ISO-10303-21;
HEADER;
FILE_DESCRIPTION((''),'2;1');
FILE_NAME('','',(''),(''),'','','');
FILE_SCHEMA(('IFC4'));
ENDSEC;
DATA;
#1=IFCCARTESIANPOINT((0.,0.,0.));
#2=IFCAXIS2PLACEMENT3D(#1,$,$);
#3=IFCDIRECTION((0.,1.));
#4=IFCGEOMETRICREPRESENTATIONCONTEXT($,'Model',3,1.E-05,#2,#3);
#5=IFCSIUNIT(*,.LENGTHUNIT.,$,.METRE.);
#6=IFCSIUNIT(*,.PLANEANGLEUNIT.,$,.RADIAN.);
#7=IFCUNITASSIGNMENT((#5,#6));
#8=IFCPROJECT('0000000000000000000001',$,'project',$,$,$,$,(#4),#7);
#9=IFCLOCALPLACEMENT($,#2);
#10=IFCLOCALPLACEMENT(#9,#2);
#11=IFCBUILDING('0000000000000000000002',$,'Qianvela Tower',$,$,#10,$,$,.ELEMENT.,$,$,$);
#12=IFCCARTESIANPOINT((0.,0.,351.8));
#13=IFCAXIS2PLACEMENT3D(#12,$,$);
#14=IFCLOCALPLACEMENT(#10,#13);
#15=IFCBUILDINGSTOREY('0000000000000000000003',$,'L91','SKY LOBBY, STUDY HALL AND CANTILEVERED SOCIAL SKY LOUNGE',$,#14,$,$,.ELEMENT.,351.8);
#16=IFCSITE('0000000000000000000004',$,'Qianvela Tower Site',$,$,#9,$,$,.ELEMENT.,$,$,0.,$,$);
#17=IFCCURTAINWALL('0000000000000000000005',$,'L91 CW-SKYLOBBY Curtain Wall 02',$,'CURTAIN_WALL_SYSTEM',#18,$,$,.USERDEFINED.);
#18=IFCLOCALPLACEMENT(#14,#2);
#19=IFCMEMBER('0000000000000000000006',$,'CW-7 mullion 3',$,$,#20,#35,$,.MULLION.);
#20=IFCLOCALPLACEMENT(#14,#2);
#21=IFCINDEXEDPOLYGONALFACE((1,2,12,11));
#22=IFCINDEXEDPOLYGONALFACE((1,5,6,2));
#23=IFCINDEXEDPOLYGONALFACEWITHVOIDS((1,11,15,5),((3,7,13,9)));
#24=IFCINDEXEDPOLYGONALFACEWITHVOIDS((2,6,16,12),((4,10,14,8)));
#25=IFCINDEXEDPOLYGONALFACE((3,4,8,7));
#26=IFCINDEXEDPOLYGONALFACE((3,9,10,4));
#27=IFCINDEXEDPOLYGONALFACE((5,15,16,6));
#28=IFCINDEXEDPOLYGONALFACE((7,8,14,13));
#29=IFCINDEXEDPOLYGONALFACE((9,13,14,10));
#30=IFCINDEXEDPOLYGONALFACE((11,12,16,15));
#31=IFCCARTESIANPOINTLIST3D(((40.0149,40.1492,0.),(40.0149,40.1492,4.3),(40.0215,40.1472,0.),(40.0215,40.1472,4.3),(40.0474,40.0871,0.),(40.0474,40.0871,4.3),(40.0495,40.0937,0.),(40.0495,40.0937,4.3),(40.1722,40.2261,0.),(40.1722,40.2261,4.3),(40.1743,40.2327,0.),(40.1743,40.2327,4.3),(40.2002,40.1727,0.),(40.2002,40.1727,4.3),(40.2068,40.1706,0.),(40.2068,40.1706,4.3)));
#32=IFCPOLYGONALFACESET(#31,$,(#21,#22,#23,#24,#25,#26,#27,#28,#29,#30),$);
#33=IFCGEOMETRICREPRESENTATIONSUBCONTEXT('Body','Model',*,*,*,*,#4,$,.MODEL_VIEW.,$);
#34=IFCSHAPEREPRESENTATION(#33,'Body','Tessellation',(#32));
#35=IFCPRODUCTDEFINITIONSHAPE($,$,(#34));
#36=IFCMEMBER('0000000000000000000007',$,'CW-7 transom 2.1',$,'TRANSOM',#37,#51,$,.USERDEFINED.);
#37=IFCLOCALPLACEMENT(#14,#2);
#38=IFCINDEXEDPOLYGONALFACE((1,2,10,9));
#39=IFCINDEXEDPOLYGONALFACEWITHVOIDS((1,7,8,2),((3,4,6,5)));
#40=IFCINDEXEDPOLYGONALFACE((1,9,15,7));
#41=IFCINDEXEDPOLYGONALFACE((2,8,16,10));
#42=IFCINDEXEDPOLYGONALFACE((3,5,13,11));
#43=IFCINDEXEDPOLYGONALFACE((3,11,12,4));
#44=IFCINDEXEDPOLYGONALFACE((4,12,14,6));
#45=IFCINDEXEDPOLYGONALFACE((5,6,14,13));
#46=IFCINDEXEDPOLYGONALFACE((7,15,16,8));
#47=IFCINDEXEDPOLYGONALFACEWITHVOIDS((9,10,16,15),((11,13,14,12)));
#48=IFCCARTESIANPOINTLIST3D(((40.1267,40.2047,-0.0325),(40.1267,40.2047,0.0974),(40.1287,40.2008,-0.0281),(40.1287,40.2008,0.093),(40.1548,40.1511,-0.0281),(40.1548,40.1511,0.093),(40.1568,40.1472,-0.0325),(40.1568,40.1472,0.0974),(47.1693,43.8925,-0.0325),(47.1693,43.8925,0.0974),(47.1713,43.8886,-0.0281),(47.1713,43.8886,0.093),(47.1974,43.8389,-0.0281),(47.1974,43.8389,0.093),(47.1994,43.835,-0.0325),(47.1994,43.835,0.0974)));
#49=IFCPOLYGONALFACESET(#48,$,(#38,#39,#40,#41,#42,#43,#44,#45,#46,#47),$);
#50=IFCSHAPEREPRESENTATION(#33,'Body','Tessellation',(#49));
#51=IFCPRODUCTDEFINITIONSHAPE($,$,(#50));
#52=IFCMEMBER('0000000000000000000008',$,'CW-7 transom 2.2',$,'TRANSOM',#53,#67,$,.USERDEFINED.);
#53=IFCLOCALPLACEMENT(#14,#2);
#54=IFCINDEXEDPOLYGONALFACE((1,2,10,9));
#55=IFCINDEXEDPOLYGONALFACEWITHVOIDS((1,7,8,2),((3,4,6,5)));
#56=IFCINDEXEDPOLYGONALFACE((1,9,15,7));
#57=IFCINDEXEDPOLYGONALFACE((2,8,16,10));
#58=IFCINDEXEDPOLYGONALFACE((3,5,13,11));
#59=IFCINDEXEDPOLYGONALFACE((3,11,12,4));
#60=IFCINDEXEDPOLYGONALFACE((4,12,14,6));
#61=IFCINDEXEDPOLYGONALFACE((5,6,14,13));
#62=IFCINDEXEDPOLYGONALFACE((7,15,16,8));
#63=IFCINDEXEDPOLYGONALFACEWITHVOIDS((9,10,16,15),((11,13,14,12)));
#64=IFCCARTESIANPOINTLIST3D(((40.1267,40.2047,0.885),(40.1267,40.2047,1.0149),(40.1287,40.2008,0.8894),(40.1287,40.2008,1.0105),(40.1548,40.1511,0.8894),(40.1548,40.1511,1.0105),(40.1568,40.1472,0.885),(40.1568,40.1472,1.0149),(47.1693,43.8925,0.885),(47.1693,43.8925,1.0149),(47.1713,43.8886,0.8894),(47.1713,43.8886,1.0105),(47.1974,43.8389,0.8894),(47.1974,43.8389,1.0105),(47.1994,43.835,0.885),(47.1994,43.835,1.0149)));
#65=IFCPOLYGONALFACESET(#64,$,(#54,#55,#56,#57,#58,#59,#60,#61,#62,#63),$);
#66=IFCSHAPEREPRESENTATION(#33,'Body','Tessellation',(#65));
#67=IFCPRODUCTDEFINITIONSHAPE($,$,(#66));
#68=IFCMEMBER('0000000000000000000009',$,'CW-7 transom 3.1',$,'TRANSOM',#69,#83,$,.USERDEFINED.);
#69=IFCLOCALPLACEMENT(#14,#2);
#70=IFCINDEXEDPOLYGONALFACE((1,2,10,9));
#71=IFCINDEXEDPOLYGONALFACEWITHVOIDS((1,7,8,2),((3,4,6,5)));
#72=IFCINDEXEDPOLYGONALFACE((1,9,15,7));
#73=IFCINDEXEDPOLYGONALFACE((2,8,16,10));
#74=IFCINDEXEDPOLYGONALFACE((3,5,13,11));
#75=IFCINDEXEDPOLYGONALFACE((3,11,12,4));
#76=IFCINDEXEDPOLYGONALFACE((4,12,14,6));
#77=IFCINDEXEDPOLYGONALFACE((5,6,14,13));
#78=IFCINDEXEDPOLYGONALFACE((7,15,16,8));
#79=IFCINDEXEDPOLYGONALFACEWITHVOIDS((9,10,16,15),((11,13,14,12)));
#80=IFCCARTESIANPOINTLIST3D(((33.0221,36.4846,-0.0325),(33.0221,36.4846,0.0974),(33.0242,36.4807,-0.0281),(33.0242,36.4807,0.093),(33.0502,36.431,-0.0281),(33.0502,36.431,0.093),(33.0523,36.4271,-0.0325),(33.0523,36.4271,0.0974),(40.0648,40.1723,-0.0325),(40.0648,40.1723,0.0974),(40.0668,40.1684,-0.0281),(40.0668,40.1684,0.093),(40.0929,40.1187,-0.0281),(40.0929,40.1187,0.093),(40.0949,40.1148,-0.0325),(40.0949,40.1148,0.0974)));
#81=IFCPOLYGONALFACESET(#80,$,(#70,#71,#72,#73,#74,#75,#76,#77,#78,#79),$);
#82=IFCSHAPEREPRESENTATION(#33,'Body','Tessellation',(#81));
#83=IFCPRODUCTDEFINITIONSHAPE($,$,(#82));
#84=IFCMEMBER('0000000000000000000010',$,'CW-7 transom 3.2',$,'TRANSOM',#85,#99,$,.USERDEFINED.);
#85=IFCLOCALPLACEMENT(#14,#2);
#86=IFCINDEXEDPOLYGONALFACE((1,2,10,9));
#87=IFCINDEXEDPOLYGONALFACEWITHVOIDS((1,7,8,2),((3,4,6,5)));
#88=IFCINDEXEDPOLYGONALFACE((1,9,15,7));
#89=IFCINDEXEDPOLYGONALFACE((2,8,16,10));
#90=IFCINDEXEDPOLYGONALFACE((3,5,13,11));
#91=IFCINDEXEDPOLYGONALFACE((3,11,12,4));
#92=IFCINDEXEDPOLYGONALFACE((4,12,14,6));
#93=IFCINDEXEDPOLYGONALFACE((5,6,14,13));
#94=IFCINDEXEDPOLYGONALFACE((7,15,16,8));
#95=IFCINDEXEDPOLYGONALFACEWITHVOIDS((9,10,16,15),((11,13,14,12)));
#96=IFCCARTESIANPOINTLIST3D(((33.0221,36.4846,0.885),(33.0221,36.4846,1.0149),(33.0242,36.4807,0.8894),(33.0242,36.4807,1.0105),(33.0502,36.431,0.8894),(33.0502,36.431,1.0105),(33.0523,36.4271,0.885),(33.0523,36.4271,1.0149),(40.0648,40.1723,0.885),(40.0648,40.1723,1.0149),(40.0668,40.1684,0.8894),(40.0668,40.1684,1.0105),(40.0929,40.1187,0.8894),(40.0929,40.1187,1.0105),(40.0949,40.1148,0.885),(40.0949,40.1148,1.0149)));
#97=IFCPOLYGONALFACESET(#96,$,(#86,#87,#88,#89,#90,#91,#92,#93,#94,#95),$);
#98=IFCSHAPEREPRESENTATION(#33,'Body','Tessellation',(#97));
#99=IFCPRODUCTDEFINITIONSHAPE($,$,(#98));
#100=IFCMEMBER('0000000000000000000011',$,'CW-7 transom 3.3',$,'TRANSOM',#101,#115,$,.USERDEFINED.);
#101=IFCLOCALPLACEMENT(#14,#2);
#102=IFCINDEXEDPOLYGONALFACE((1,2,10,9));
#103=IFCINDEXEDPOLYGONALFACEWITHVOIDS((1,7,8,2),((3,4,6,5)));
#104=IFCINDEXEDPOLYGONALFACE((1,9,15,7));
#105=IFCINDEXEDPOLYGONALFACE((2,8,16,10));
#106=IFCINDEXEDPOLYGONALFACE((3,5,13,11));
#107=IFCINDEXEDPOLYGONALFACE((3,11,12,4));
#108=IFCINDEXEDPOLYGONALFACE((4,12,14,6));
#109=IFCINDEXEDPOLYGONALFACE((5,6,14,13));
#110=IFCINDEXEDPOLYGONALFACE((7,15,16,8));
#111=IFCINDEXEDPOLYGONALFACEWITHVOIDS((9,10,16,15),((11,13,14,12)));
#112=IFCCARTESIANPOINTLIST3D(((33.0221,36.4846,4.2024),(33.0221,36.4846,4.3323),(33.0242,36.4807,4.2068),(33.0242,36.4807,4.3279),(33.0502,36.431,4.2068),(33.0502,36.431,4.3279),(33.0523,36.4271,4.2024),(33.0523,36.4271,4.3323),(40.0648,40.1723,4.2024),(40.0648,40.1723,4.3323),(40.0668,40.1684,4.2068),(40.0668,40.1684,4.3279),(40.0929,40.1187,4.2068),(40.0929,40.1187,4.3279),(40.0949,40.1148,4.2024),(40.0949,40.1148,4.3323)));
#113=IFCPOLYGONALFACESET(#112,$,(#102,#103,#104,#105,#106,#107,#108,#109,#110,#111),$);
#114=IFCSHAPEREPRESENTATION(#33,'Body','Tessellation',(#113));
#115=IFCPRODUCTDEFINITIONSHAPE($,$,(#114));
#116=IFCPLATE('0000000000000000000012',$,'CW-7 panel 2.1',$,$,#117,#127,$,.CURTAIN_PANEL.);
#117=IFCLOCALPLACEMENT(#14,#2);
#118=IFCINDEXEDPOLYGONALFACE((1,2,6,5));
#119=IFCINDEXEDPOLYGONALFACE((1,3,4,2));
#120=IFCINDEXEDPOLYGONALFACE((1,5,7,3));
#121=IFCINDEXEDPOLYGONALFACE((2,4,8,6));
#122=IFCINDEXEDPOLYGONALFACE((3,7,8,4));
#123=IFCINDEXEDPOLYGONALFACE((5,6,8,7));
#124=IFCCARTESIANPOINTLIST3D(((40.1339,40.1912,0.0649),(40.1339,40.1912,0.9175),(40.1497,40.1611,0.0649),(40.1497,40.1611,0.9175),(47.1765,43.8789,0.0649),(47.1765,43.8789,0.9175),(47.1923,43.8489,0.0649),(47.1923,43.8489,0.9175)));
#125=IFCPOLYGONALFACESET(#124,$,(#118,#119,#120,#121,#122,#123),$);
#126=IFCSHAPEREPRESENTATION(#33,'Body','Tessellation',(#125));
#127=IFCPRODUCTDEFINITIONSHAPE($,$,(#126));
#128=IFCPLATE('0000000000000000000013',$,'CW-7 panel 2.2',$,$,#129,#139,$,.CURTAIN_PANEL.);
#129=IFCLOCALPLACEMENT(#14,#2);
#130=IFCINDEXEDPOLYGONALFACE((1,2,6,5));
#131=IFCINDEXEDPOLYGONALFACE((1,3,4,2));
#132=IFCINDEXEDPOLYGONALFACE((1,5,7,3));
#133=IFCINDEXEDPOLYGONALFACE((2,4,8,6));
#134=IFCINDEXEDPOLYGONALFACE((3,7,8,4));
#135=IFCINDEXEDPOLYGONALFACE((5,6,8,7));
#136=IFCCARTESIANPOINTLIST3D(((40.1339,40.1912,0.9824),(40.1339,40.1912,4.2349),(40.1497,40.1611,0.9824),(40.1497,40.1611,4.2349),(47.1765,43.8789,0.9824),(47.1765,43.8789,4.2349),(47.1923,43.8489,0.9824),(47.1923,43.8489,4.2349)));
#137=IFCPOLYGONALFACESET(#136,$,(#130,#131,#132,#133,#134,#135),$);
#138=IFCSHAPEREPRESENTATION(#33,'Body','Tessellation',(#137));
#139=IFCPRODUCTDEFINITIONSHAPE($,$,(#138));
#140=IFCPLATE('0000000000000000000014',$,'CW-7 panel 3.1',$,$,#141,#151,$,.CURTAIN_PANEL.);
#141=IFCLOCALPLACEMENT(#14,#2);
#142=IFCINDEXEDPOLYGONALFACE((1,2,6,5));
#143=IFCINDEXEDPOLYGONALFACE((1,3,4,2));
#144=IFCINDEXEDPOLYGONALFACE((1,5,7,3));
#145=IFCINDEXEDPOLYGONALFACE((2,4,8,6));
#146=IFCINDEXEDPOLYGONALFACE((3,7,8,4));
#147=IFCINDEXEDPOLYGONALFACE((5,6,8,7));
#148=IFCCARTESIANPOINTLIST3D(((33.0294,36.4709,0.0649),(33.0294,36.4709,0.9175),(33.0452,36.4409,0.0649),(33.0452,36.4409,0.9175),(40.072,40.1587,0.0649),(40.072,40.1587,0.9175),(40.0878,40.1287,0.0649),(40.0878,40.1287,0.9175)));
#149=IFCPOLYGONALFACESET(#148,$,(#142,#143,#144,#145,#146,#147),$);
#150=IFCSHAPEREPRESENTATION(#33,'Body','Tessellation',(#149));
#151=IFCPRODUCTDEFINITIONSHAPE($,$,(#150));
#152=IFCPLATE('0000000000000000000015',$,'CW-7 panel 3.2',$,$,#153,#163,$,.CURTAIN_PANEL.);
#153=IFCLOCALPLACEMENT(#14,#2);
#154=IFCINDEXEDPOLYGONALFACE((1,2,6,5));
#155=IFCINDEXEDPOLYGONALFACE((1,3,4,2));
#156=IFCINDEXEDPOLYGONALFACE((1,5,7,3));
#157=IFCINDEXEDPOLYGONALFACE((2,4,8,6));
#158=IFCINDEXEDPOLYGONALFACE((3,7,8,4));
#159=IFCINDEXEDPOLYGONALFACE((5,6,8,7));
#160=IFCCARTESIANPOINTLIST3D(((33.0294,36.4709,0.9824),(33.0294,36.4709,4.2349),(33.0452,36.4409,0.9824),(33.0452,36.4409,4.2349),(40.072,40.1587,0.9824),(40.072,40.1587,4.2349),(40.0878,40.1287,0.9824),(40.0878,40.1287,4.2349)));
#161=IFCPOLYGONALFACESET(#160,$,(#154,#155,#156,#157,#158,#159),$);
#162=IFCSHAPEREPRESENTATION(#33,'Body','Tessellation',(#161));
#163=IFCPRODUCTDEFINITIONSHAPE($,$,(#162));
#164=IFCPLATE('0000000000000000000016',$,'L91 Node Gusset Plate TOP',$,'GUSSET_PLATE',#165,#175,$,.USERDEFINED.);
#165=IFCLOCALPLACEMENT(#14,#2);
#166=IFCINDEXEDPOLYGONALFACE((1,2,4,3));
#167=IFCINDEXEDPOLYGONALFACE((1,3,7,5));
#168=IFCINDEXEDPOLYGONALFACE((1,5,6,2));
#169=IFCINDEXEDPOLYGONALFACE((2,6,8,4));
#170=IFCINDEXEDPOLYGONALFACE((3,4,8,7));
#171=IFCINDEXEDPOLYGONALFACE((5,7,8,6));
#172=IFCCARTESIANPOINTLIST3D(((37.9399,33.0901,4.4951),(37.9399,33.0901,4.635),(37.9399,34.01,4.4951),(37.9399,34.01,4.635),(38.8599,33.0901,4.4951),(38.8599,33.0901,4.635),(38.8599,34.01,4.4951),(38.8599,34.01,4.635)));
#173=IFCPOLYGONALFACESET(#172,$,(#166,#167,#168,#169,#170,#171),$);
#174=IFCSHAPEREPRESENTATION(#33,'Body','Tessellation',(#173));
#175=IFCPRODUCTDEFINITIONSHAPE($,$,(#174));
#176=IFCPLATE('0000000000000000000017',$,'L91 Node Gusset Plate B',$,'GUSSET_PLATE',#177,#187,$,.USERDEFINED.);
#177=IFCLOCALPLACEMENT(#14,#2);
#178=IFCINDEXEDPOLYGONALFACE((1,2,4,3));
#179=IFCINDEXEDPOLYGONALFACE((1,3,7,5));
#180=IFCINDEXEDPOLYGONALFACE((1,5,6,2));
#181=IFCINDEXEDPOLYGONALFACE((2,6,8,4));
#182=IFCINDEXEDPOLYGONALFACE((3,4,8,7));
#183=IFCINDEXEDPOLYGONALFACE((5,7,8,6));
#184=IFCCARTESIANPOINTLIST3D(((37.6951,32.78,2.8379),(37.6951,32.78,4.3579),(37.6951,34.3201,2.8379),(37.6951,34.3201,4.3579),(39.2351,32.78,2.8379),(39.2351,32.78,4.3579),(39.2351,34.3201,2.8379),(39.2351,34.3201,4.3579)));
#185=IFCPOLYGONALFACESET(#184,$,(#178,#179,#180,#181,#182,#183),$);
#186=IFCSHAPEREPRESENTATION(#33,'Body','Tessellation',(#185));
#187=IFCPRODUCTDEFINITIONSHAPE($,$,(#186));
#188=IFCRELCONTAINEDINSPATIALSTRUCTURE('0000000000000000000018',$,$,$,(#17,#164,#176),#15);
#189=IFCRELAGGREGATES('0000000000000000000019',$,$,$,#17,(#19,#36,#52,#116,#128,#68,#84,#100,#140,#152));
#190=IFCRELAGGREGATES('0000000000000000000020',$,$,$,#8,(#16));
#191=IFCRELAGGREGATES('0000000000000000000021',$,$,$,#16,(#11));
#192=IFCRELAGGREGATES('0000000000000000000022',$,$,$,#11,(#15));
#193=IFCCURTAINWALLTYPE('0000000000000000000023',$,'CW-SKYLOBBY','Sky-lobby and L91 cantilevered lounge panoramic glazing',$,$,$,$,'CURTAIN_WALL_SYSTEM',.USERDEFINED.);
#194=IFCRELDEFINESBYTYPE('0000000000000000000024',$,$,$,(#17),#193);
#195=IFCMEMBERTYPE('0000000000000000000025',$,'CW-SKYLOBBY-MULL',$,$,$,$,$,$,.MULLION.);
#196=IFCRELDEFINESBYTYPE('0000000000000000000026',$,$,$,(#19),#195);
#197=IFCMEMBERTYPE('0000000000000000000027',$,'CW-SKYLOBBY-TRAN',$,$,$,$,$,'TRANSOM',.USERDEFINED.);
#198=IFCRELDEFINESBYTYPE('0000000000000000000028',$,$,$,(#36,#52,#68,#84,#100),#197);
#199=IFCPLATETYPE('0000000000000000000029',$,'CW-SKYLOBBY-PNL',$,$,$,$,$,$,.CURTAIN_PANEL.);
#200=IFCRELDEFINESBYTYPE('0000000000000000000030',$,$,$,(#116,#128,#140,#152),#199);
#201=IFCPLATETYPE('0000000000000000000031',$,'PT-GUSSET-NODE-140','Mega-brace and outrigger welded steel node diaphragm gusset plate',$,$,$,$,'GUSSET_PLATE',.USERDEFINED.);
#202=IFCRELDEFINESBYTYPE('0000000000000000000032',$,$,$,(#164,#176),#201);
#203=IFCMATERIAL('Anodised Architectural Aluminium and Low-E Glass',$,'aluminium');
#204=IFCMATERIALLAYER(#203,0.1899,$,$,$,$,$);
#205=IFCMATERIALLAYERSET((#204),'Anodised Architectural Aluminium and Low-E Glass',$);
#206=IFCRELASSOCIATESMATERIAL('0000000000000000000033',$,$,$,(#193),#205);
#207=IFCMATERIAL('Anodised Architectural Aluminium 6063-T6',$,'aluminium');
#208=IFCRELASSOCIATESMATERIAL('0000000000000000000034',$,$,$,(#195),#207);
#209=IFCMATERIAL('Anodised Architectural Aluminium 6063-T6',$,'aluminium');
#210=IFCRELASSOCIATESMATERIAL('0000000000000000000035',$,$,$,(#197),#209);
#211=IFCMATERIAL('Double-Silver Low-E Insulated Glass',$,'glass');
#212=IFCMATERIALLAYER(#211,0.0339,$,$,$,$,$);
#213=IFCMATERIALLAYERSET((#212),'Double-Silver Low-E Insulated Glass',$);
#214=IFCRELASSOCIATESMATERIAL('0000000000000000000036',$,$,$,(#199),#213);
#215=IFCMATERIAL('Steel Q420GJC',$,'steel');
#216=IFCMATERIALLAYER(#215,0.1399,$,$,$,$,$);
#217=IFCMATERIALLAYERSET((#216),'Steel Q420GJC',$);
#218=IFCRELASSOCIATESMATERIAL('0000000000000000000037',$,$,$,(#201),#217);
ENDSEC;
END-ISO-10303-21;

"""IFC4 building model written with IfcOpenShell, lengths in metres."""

from ifc_helpers import new_model, si_unit, direction, frame, origin, origin_2d, place, context, subcontext, project, spatial, rectangle, hollow_rectangle, extrude, material, layer, layer_set, material_profile, profile_set, type_object, element, aggregate, save


model = new_model("IFC4")

# Units and contexts
model_context = context("Model", 3, precision=1e-05, world=origin(), true_north=direction((0.0, 1.0)))
body_context = subcontext(model_context, "Body", "Model", "MODEL_VIEW")
ifc_project = project(units=[si_unit("LENGTHUNIT", "METRE"), si_unit("PLANEANGLEUNIT", "RADIAN")], contexts=[model_context])

# Site, building, storey
site_placement = place(None, origin())
site = spatial("IfcSite", under=ifc_project, at=site_placement, Name="Qianvela Tower Site", CompositionType="ELEMENT", RefElevation=0.0)
building_placement = place(site_placement, origin())
building = spatial("IfcBuilding", under=site, at=building_placement, Name="Qianvela Tower", CompositionType="ELEMENT")
storey_placement = place(building_placement, frame((0.0, 0.0, 351.8)))
storey = spatial("IfcBuildingStorey", under=building, at=storey_placement, Name="L91", Description="SKY LOBBY, STUDY HALL AND CANTILEVERED SOCIAL SKY LOUNGE", CompositionType="ELEMENT", Elevation=351.8)

# Curtain wall, members, plates
ifc_material_1 = material(Name="Anodised Architectural Aluminium and Low-E Glass", Category="aluminium")
ifc_layer_1 = layer(ifc_material_1, 0.1899)
ifc_layer_set_1 = layer_set([ifc_layer_1], Name="Anodised Architectural Aluminium and Low-E Glass")
curtain_wall_type = type_object("IfcCurtainWallType", Name="CW-SKYLOBBY", Description="Sky-lobby and L91 cantilevered lounge panoramic glazing", ElementType="CURTAIN_WALL_SYSTEM", PredefinedType="USERDEFINED", material=ifc_layer_set_1)
curtain_wall_placement = place(storey_placement, origin())
curtain_wall = element("IfcCurtainWall", 1, at=curtain_wall_placement, inside=storey, type_object=curtain_wall_type, Name="L91 CW-SKYLOBBY Curtain Wall 02", ObjectType="CURTAIN_WALL_SYSTEM", PredefinedType="USERDEFINED")
ifc_material_2 = material(Name="Anodised Architectural Aluminium 6063-T6", Category="aluminium")
ifc_material_profile_1 = material_profile(ifc_material_2, hollow_rectangle(XDim=0.0701, YDim=0.1799, WallThickness=0.0049, at=origin_2d()), Name="ALU-MULL-70x180")
ifc_profile_set_1 = profile_set([ifc_material_profile_1], Name="Anodised Architectural Aluminium 6063-T6")
member_type_1 = type_object("IfcMemberType", Name="CW-SKYLOBBY-MULL", PredefinedType="MULLION", material=ifc_profile_set_1)
member_1_placement = place(storey_placement, frame((40.1108, 40.1599, 0.0), z_axis=(0.0, 0.0, 1.0), x_axis=(0.46389, -0.885893, 0.0)))
member_1 = element("IfcMember", 2, at=member_1_placement, type_object=member_type_1, Name="CW-7 mullion 3", PredefinedType="MULLION", context=body_context, shape_type="SweptSolid", body=[
    extrude(hollow_rectangle(XDim=0.0701, YDim=0.1799, WallThickness=0.0049, at=origin_2d()), origin(), (0.0, 0.0, 1.0), 4.3),
])
ifc_material_3 = material(Name="Anodised Architectural Aluminium 6063-T6", Category="aluminium")
ifc_material_profile_2 = material_profile(ifc_material_3, hollow_rectangle(XDim=0.0649, YDim=0.1299, WallThickness=0.0044, at=origin_2d()), Name="ALU-TRAN-65x130")
ifc_profile_set_2 = profile_set([ifc_material_profile_2], Name="Anodised Architectural Aluminium 6063-T6")
member_type_2 = type_object("IfcMemberType", Name="CW-SKYLOBBY-TRAN", ElementType="TRANSOM", PredefinedType="USERDEFINED", material=ifc_profile_set_2)
member_2_placement = place(storey_placement, frame((47.1843, 43.8638, 0.0325), z_axis=(-0.885892, -0.463891, 0.0), x_axis=(0.463891, -0.885892, 0.0)))
member_2 = element("IfcMember", 3, at=member_2_placement, type_object=member_type_2, Name="CW-7 transom 2.1", ObjectType="TRANSOM", PredefinedType="USERDEFINED", context=body_context, shape_type="SweptSolid", body=[
    extrude(hollow_rectangle(XDim=0.0649, YDim=0.1299, WallThickness=0.0044, at=origin_2d()), origin(), (0.0, 0.0, 1.0), 7.9497),
])
member_3_placement = place(storey_placement, frame((47.1843, 43.8638, 0.95), z_axis=(-0.885892, -0.463891, 0.0), x_axis=(0.463891, -0.885892, 0.0)))
member_3 = element("IfcMember", 4, at=member_3_placement, type_object=member_type_2, Name="CW-7 transom 2.2", ObjectType="TRANSOM", PredefinedType="USERDEFINED", context=body_context, shape_type="SweptSolid", body=[
    extrude(hollow_rectangle(XDim=0.0649, YDim=0.1299, WallThickness=0.0044, at=origin_2d()), origin(), (0.0, 0.0, 1.0), 7.9497),
])
member_4_placement = place(storey_placement, frame((40.0798, 40.1436, 0.0325), z_axis=(-0.885899, -0.463878, 0.0), x_axis=(0.463878, -0.885899, 0.0)))
member_4 = element("IfcMember", 5, at=member_4_placement, type_object=member_type_2, Name="CW-7 transom 3.1", ObjectType="TRANSOM", PredefinedType="USERDEFINED", context=body_context, shape_type="SweptSolid", body=[
    extrude(hollow_rectangle(XDim=0.0649, YDim=0.1299, WallThickness=0.0044, at=origin_2d()), origin(), (0.0, 0.0, 1.0), 7.9497),
])
member_5_placement = place(storey_placement, frame((40.0798, 40.1436, 0.95), z_axis=(-0.885899, -0.463878, 0.0), x_axis=(0.463878, -0.885899, 0.0)))
member_5 = element("IfcMember", 6, at=member_5_placement, type_object=member_type_2, Name="CW-7 transom 3.2", ObjectType="TRANSOM", PredefinedType="USERDEFINED", context=body_context, shape_type="SweptSolid", body=[
    extrude(hollow_rectangle(XDim=0.0649, YDim=0.1299, WallThickness=0.0044, at=origin_2d()), origin(), (0.0, 0.0, 1.0), 7.9497),
])
member_6_placement = place(storey_placement, frame((40.0798, 40.1436, 4.2673), z_axis=(-0.885899, -0.463878, 0.0), x_axis=(0.463878, -0.885899, 0.0)))
member_6 = element("IfcMember", 7, at=member_6_placement, type_object=member_type_2, Name="CW-7 transom 3.3", ObjectType="TRANSOM", PredefinedType="USERDEFINED", context=body_context, shape_type="SweptSolid", body=[
    extrude(hollow_rectangle(XDim=0.0649, YDim=0.1299, WallThickness=0.0044, at=origin_2d()), origin(), (0.0, 0.0, 1.0), 7.9497),
])
ifc_material_4 = material(Name="Double-Silver Low-E Insulated Glass", Category="glass")
ifc_layer_2 = layer(ifc_material_4, 0.0339)
ifc_layer_set_2 = layer_set([ifc_layer_2], Name="Double-Silver Low-E Insulated Glass")
plate_type_1 = type_object("IfcPlateType", Name="CW-SKYLOBBY-PNL", PredefinedType="CURTAIN_PANEL", material=ifc_layer_set_2)
plate_1_placement = place(storey_placement, frame((43.6631, 42.02, 0.0649), z_axis=(0.0, 0.0, 1.0), x_axis=(-0.885893, -0.46389, 0.0)))
plate_1 = element("IfcPlate", 8, at=plate_1_placement, type_object=plate_type_1, Name="CW-7 panel 2.1", PredefinedType="CURTAIN_PANEL", context=body_context, shape_type="SweptSolid", body=[
    extrude(rectangle(XDim=7.9497, YDim=0.0339, at=origin_2d()), origin(), (0.0, 0.0, 1.0), 0.8525),
])
plate_2_placement = place(storey_placement, frame((43.6631, 42.02, 0.9824), z_axis=(0.0, 0.0, 1.0), x_axis=(-0.885893, -0.46389, 0.0)))
plate_2 = element("IfcPlate", 9, at=plate_2_placement, type_object=plate_type_1, Name="CW-7 panel 2.2", PredefinedType="CURTAIN_PANEL", context=body_context, shape_type="SweptSolid", body=[
    extrude(rectangle(XDim=7.9497, YDim=0.0339, at=origin_2d()), origin(), (0.0, 0.0, 1.0), 3.2524),
])
plate_3_placement = place(storey_placement, frame((36.5586, 38.2998, 0.0649), z_axis=(0.0, 0.0, 1.0), x_axis=(-0.885893, -0.46389, 0.0)))
plate_3 = element("IfcPlate", 10, at=plate_3_placement, type_object=plate_type_1, Name="CW-7 panel 3.1", PredefinedType="CURTAIN_PANEL", context=body_context, shape_type="SweptSolid", body=[
    extrude(rectangle(XDim=7.9497, YDim=0.0339, at=origin_2d()), origin(), (0.0, 0.0, 1.0), 0.8525),
])
plate_4_placement = place(storey_placement, frame((36.5586, 38.2998, 0.9824), z_axis=(0.0, 0.0, 1.0), x_axis=(-0.885893, -0.46389, 0.0)))
plate_4 = element("IfcPlate", 11, at=plate_4_placement, type_object=plate_type_1, Name="CW-7 panel 3.2", PredefinedType="CURTAIN_PANEL", context=body_context, shape_type="SweptSolid", body=[
    extrude(rectangle(XDim=7.9497, YDim=0.0339, at=origin_2d()), origin(), (0.0, 0.0, 1.0), 3.2524),
])
aggregate(curtain_wall, [member_1, member_2, member_3, plate_1, plate_2, member_4, member_5, member_6, plate_3, plate_4])

# Plates
ifc_material_5 = material(Name="Steel Q420GJC", Category="steel")
ifc_layer_3 = layer(ifc_material_5, 0.1399)
ifc_layer_set_3 = layer_set([ifc_layer_3], Name="Steel Q420GJC")
plate_type_2 = type_object("IfcPlateType", Name="PT-GUSSET-NODE-140", Description="Mega-brace and outrigger welded steel node diaphragm gusset plate", ElementType="GUSSET_PLATE", PredefinedType="USERDEFINED", material=ifc_layer_set_3)
plate_5_placement = place(storey_placement, frame((38.3999, 33.55, 4.4951), z_axis=(0.0, 0.0, 1.0), x_axis=(1.0, 0.0, 0.0)))
element("IfcPlate", 12, at=plate_5_placement, inside=storey, type_object=plate_type_2, Name="L91 Node Gusset Plate TOP", ObjectType="GUSSET_PLATE", PredefinedType="USERDEFINED", context=body_context, shape_type="SweptSolid", body=[
    extrude(rectangle(XDim=0.9199, YDim=0.9199, at=origin_2d()), origin(), (0.0, 0.0, 1.0), 0.1399),
])
plate_6_placement = place(storey_placement, frame((38.4651, 33.55, 2.8379), z_axis=(0.0, 0.0, 1.0), x_axis=(1.0, 0.0, 0.0)))
element("IfcPlate", 13, at=plate_6_placement, inside=storey, type_object=plate_type_2, Name="L91 Node Gusset Plate B", ObjectType="GUSSET_PLATE", PredefinedType="USERDEFINED", context=body_context, shape_type="SweptSolid", body=[
    extrude(rectangle(XDim=1.54, YDim=1.54, at=origin_2d()), origin(), (0.0, 0.0, 1.0), 1.52),
])

save(model, "model.ifc")
